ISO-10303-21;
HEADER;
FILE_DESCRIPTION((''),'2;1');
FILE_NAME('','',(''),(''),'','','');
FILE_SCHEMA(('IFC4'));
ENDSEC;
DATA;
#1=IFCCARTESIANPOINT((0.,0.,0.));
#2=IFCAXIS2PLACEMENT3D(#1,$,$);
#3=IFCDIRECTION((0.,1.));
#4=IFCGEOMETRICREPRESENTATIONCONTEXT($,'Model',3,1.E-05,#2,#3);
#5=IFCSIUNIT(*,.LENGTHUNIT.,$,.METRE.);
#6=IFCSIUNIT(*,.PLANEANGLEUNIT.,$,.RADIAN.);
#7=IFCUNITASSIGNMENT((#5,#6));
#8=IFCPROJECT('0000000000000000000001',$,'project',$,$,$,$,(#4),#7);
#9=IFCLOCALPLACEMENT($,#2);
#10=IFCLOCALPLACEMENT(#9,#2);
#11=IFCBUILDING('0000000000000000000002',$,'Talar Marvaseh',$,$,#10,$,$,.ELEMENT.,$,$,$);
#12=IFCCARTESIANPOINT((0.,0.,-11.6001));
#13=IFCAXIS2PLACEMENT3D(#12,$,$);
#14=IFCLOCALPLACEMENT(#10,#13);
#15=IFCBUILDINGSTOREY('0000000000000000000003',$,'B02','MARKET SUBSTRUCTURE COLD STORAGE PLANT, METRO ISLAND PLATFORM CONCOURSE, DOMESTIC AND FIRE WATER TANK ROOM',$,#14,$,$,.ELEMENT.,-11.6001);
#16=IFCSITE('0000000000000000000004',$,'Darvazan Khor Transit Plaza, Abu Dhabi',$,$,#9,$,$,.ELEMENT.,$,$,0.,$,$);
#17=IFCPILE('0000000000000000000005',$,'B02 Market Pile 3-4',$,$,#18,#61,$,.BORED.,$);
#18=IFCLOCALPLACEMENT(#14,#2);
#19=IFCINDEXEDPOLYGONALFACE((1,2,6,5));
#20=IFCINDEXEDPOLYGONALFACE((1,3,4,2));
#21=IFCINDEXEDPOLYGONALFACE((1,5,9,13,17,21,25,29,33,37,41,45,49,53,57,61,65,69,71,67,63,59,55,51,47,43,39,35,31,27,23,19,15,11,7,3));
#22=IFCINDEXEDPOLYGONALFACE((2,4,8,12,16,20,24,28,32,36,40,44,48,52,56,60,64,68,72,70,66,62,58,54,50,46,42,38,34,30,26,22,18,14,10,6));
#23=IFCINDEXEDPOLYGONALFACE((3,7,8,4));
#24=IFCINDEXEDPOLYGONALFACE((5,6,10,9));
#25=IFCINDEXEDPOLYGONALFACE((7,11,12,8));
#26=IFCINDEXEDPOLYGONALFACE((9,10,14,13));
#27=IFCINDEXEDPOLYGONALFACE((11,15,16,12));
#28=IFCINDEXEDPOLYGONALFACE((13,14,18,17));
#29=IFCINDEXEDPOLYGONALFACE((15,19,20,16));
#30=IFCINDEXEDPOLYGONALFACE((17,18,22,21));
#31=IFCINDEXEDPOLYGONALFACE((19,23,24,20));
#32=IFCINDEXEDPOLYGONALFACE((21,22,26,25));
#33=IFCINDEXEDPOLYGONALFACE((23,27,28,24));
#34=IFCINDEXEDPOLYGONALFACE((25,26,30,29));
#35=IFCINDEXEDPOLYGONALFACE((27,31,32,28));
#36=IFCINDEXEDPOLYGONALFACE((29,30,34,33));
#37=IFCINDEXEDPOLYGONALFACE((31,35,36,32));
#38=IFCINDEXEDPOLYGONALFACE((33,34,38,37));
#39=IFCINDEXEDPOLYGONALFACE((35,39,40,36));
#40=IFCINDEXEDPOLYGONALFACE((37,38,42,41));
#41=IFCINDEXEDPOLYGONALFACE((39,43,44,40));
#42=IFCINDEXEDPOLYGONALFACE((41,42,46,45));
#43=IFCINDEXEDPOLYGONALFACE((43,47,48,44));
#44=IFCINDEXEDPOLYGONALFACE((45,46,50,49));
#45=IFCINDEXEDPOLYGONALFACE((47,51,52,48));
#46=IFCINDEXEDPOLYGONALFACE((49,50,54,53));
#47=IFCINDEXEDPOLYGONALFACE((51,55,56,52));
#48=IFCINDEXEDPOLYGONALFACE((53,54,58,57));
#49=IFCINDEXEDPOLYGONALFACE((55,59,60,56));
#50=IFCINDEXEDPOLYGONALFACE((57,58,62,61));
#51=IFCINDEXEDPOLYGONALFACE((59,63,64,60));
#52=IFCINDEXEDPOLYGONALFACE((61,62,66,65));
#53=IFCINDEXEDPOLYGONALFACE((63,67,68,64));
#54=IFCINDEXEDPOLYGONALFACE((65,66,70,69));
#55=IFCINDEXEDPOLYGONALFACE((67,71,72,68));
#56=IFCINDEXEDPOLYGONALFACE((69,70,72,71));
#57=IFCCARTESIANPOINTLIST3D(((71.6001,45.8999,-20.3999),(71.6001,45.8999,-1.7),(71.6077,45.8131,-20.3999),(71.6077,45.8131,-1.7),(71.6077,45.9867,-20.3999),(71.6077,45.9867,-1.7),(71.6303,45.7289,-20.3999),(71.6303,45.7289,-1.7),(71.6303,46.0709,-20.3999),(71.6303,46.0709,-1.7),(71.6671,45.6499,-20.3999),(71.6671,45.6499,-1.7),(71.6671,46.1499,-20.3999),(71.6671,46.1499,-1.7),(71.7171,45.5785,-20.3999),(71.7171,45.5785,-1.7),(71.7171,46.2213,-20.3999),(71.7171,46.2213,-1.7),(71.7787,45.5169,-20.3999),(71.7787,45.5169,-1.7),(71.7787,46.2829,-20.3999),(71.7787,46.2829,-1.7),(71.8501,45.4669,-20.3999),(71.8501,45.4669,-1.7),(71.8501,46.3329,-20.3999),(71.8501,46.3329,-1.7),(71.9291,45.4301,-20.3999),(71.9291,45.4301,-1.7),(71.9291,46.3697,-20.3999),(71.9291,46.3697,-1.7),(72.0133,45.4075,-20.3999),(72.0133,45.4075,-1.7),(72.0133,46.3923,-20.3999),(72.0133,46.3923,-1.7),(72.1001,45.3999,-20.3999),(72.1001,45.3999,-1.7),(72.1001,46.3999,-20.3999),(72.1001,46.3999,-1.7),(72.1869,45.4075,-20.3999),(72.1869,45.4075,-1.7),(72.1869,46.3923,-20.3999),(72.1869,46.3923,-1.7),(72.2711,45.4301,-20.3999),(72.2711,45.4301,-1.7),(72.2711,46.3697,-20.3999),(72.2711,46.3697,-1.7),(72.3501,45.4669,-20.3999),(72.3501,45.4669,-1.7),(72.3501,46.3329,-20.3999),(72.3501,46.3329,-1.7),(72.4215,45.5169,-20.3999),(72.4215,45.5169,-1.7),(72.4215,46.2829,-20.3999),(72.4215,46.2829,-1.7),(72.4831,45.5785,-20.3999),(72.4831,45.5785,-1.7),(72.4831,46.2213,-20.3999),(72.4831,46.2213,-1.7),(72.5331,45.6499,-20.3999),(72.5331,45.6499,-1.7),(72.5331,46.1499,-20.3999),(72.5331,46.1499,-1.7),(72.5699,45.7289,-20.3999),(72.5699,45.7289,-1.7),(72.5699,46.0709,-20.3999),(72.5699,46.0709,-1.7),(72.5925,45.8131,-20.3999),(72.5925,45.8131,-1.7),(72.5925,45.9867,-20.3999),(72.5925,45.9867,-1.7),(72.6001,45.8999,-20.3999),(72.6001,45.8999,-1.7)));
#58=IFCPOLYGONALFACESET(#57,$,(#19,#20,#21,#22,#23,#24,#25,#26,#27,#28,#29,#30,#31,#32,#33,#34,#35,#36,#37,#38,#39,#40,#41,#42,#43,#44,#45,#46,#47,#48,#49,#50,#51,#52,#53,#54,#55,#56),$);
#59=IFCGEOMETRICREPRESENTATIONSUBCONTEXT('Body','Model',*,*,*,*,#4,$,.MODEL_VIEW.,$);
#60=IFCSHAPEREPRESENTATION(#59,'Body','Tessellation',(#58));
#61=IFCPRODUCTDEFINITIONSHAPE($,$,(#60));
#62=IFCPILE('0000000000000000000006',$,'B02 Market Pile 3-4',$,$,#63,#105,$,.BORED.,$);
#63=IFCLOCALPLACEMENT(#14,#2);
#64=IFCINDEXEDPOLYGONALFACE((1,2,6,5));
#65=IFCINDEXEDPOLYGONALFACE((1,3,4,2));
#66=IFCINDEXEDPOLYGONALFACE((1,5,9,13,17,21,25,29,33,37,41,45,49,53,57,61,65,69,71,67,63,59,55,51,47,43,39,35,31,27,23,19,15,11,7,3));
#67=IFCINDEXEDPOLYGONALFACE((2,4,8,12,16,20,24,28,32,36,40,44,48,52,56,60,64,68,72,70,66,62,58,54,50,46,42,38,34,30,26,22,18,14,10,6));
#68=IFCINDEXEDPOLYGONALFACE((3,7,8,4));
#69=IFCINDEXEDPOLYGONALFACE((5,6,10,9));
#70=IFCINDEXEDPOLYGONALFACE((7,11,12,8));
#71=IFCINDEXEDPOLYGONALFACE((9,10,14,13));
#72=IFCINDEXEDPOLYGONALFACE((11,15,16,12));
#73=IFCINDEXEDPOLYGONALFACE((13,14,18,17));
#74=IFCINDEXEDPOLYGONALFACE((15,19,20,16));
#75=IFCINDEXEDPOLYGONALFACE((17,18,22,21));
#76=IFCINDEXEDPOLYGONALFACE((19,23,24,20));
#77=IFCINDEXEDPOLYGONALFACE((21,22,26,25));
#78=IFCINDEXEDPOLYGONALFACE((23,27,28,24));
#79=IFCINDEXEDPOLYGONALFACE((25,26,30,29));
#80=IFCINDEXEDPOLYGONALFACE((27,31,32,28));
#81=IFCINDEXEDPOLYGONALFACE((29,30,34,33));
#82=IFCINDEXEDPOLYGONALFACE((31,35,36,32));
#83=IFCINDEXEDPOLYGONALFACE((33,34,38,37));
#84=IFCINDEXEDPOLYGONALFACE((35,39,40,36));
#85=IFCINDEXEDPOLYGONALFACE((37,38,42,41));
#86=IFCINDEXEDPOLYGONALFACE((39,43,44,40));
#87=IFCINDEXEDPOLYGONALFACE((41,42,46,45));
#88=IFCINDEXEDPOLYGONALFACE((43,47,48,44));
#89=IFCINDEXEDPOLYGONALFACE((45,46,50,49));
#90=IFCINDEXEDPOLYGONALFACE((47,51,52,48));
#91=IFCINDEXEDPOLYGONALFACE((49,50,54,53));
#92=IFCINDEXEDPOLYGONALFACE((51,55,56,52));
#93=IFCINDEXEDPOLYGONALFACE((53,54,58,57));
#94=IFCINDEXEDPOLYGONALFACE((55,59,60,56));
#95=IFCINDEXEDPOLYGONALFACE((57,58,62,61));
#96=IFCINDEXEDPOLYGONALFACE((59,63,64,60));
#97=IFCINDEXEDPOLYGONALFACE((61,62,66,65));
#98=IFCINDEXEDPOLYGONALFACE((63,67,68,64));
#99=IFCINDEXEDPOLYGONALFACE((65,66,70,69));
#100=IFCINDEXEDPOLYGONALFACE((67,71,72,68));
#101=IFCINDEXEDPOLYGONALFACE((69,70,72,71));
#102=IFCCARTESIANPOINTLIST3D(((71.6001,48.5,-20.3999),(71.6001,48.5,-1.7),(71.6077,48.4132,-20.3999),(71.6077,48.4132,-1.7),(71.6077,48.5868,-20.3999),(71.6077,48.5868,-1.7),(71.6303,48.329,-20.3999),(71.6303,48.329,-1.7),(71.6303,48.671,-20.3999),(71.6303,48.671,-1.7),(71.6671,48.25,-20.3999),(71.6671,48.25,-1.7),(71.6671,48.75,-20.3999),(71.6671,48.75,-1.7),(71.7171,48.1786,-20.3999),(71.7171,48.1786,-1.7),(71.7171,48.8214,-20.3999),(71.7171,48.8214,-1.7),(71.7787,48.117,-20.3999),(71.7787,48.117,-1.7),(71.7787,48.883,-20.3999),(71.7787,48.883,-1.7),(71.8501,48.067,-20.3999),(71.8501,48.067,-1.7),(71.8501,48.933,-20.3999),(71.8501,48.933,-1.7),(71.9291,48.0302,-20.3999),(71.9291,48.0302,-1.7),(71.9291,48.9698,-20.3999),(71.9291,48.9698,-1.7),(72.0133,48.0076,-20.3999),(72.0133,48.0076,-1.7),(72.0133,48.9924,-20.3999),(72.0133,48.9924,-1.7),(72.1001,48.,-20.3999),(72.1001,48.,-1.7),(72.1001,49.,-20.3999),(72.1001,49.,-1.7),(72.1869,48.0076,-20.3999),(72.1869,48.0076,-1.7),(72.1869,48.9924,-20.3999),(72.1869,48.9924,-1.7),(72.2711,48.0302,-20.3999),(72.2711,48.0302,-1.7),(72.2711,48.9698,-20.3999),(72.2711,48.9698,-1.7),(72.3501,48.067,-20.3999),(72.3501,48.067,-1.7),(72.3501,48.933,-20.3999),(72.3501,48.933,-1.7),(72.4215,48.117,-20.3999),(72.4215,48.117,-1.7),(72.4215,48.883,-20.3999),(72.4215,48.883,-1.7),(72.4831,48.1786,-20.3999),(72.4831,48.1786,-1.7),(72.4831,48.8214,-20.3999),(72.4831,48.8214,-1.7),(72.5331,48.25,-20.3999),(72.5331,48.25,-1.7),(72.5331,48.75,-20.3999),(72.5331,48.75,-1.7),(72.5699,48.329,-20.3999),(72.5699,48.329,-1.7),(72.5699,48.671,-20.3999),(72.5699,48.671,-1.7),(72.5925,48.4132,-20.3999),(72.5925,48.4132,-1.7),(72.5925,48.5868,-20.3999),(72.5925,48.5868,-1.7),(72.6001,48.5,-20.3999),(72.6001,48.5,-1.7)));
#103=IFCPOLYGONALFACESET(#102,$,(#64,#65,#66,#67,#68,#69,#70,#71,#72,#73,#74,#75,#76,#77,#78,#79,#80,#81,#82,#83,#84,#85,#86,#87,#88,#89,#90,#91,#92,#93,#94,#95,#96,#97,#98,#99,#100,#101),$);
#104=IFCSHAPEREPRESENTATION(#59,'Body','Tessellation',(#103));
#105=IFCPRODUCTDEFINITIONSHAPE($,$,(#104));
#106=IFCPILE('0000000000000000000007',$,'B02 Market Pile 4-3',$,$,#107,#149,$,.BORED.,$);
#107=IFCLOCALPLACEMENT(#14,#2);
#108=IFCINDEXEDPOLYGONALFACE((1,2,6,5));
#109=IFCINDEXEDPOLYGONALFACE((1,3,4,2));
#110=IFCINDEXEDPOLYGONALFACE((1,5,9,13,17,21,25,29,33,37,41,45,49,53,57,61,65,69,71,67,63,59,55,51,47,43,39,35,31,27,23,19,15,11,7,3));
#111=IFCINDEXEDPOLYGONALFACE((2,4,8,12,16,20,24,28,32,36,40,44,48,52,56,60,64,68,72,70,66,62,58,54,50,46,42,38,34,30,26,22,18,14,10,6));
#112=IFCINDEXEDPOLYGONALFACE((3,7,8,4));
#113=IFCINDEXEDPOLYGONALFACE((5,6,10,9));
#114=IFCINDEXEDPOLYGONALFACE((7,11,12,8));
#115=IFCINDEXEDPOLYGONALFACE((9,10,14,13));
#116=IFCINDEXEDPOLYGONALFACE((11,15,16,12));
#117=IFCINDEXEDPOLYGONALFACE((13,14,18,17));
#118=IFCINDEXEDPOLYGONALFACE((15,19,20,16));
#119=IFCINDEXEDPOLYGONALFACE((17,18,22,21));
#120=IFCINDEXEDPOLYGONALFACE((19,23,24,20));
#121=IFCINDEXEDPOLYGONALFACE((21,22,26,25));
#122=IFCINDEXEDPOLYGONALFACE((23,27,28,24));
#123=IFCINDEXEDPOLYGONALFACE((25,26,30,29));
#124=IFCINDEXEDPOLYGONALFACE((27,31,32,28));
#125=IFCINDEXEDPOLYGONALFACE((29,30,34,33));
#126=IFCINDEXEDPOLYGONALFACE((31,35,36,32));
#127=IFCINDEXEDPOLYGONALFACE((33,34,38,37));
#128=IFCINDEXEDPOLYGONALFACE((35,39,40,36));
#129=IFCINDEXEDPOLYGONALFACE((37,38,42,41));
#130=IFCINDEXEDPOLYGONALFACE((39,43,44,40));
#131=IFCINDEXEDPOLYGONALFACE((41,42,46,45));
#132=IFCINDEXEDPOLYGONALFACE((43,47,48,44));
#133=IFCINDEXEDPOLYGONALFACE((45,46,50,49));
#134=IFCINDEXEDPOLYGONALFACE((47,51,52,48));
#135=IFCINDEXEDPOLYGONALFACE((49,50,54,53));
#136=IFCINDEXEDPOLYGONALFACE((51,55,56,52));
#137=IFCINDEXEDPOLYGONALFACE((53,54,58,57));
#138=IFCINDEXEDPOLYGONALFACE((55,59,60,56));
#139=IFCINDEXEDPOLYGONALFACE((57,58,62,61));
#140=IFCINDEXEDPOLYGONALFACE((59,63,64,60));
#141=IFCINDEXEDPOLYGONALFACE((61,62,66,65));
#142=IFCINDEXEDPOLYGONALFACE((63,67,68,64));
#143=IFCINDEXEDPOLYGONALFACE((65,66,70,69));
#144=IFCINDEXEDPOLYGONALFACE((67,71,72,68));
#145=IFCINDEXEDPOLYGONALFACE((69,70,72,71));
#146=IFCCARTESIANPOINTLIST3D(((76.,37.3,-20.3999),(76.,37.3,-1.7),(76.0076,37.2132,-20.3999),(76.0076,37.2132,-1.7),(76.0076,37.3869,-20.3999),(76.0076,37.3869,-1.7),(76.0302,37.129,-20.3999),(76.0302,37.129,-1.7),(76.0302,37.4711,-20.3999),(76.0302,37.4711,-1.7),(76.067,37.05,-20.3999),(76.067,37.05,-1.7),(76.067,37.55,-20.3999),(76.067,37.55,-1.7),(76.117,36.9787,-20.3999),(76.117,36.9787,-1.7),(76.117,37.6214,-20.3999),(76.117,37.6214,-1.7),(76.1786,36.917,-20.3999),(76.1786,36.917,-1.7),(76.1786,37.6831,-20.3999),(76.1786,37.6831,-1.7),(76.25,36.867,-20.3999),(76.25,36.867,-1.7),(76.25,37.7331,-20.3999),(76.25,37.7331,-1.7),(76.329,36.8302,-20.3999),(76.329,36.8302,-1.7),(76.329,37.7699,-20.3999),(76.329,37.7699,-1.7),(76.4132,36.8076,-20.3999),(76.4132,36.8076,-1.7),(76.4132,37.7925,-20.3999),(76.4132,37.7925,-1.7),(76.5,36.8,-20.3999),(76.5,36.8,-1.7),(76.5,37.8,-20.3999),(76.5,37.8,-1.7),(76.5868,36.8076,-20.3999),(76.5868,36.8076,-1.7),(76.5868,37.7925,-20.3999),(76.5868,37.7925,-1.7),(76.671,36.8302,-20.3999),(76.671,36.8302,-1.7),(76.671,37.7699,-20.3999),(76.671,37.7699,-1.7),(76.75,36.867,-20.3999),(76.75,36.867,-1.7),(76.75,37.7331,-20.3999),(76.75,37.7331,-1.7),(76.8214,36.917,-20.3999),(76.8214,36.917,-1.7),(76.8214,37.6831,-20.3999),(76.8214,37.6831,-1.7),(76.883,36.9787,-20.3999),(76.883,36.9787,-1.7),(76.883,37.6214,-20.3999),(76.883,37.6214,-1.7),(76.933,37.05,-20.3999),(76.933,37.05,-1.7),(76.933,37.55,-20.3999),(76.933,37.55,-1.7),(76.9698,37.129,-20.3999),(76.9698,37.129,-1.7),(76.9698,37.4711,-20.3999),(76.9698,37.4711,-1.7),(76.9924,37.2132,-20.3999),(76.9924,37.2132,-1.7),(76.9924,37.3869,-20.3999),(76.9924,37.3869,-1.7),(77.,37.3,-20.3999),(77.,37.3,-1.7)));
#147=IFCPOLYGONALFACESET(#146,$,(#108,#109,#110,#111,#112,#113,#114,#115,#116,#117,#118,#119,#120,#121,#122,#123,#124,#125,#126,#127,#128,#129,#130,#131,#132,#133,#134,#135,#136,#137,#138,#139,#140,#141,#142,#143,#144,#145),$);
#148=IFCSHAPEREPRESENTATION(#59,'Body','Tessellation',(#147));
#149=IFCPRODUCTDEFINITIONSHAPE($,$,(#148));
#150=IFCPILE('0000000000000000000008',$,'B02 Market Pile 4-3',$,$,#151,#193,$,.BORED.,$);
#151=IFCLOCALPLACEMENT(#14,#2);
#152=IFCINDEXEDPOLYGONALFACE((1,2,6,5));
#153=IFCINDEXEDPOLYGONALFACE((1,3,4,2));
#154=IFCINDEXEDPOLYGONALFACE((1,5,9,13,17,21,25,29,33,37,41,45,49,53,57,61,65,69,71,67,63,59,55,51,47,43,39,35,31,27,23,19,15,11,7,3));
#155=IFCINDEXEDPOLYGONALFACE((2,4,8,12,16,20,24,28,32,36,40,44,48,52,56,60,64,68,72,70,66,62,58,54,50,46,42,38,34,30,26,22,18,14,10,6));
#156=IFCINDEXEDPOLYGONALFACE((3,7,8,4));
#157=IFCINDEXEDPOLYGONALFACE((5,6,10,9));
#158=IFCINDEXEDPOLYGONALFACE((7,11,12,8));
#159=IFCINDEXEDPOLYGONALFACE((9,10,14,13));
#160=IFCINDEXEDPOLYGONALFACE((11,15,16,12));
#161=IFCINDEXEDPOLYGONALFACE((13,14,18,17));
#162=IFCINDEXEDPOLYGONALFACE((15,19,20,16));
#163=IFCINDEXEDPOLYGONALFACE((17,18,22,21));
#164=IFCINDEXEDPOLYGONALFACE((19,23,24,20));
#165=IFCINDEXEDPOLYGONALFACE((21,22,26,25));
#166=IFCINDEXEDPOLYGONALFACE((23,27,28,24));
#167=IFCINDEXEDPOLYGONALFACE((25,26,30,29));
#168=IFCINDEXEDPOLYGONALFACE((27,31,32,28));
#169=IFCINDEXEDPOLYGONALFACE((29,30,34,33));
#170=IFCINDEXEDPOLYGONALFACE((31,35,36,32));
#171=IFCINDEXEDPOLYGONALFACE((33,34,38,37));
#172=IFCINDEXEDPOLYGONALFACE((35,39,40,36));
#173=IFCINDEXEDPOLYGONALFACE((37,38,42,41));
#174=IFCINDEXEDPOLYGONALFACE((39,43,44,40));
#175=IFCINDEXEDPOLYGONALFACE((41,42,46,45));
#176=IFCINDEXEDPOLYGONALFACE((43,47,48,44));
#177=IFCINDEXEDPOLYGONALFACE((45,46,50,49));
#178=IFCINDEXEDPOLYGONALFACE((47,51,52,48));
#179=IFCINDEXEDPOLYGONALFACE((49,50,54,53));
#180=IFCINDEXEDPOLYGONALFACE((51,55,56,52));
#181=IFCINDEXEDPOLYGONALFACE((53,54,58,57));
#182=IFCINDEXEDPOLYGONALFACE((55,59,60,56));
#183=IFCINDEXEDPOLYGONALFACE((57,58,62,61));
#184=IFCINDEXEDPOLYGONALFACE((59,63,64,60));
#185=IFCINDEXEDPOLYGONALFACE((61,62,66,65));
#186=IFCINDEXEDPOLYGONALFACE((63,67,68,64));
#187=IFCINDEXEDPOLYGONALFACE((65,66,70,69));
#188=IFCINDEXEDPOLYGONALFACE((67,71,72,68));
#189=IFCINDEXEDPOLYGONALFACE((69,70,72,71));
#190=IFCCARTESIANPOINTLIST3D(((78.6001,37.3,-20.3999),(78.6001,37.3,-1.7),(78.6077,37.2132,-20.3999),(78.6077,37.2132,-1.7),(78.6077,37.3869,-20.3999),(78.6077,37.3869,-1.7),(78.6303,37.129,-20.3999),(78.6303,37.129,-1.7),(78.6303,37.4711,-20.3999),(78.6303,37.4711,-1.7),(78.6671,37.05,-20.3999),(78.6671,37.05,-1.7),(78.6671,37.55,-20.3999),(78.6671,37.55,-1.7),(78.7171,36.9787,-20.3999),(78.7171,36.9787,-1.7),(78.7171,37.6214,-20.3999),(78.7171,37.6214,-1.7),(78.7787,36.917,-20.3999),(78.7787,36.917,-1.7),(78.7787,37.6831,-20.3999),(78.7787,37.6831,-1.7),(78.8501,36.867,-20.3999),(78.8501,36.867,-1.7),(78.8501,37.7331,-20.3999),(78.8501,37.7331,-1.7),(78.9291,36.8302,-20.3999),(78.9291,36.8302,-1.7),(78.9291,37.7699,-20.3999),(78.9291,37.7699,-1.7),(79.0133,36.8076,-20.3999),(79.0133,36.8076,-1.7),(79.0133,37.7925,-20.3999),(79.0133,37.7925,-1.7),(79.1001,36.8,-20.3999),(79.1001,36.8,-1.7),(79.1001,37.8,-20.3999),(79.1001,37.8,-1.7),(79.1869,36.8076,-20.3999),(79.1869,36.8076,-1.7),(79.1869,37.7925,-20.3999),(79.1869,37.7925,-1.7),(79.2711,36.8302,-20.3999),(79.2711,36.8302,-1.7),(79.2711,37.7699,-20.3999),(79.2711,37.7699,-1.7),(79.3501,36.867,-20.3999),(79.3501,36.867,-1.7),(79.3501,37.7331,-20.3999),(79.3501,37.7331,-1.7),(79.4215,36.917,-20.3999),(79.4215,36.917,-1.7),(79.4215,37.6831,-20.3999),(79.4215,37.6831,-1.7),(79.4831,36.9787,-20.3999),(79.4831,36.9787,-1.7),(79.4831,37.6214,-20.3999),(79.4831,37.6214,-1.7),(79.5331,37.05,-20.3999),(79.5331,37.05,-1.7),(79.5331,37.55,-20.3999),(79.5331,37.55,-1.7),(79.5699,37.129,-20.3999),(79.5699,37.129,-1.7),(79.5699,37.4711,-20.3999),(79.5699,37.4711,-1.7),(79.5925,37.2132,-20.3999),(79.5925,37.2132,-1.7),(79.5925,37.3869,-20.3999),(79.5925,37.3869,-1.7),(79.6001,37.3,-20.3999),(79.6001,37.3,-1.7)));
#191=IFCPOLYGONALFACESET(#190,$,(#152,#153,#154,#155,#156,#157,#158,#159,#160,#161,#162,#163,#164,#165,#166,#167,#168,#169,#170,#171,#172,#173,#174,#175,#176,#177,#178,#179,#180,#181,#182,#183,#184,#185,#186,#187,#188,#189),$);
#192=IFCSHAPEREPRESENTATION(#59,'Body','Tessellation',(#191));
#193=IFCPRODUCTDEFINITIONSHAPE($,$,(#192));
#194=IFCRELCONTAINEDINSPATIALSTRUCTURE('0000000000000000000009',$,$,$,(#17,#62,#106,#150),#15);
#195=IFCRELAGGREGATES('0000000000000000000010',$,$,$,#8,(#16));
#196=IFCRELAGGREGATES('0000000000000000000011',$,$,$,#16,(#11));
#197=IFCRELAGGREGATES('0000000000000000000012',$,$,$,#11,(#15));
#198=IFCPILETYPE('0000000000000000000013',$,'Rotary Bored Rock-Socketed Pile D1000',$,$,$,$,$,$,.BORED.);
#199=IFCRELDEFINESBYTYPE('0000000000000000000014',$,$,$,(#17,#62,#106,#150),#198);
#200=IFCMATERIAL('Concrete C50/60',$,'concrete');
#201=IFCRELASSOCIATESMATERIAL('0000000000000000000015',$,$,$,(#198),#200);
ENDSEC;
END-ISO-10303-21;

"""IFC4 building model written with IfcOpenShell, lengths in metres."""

from ifc_helpers import new_model, si_unit, direction, frame, origin, origin_2d, place, context, subcontext, project, spatial, circle, extrude, source, transform, mapped, material, material_profile, profile_set, type_object, type_shapes, element, save


model = new_model("IFC4")

# Units and contexts
model_context = context("Model", 3, precision=1e-05, world=origin(), true_north=direction((0.0, 1.0)))
body_context = subcontext(model_context, "Body", "Model", "MODEL_VIEW")
ifc_project = project(units=[si_unit("LENGTHUNIT", "METRE"), si_unit("PLANEANGLEUNIT", "RADIAN")], contexts=[model_context])

# Site, building, storey
site_placement = place(None, origin())
site = spatial("IfcSite", under=ifc_project, at=site_placement, Name="Darvazan Khor Transit Plaza, Abu Dhabi", CompositionType="ELEMENT", RefElevation=0.0)
building_placement = place(site_placement, origin())
building = spatial("IfcBuilding", under=site, at=building_placement, Name="Talar Marvaseh", CompositionType="ELEMENT")
storey_placement = place(building_placement, frame((0.0, 0.0, -11.6001)))
storey = spatial("IfcBuildingStorey", under=building, at=storey_placement, Name="B02", Description="MARKET SUBSTRUCTURE COLD STORAGE PLANT, METRO ISLAND PLATFORM CONCOURSE, DOMESTIC AND FIRE WATER TANK ROOM", CompositionType="ELEMENT", Elevation=-11.6001)

# Shared definitions
ifc_material_1 = material(Name="Concrete C50/60", Category="concrete")

# Piles
ifc_material_profile_1 = material_profile(ifc_material_1, circle(Radius=0.5, at=origin_2d()), Name="PILE-D1000")
ifc_profile_set_1 = profile_set([ifc_material_profile_1], Name="Concrete C50/60")
pile_type = type_object("IfcPileType", Name="Rotary Bored Rock-Socketed Pile D1000", PredefinedType="BORED", material=ifc_profile_set_1)
shared_shape_1 = source(origin(), body_context, "Body", "SweptSolid", [
    extrude(circle(Radius=0.5, at=origin_2d()), origin(), (0.0, 0.0, 1.0), 18.7),
])
type_shapes(pile_type, [shared_shape_1])
for number, where, z_axis, x_axis, name in (
    (1, (72.1001, 45.8999, -1.7), (0.0, 0.0, -1.0), (1.0, 0.0, 0.0), "B02 Market Pile 3-4"),
    (2, (72.1001, 48.5, -1.7), (0.0, 0.0, -1.0), (1.0, 0.0, 0.0), "B02 Market Pile 3-4"),
    (3, (76.5, 37.3, -1.7), (0.0, 0.0, -1.0), (1.0, 0.0, 0.0), "B02 Market Pile 4-3"),
    (4, (79.1001, 37.3, -1.7), (0.0, 0.0, -1.0), (1.0, 0.0, 0.0), "B02 Market Pile 4-3"),
):
    element("IfcPile", number, at=place(storey_placement, frame(where, z_axis=z_axis, x_axis=x_axis)), inside=storey, type_object=pile_type, Name=name, PredefinedType="BORED", context=body_context, shape_type="MappedRepresentation", body=[
        mapped(shared_shape_1, transform((0.0, 0.0, 0.0), x_axis=(1.0, 0.0, 0.0), y_axis=(0.0, 1.0, 0.0), z_axis=(0.0, 0.0, 1.0), scale=1.0)),
    ])

save(model, "model.ifc")
